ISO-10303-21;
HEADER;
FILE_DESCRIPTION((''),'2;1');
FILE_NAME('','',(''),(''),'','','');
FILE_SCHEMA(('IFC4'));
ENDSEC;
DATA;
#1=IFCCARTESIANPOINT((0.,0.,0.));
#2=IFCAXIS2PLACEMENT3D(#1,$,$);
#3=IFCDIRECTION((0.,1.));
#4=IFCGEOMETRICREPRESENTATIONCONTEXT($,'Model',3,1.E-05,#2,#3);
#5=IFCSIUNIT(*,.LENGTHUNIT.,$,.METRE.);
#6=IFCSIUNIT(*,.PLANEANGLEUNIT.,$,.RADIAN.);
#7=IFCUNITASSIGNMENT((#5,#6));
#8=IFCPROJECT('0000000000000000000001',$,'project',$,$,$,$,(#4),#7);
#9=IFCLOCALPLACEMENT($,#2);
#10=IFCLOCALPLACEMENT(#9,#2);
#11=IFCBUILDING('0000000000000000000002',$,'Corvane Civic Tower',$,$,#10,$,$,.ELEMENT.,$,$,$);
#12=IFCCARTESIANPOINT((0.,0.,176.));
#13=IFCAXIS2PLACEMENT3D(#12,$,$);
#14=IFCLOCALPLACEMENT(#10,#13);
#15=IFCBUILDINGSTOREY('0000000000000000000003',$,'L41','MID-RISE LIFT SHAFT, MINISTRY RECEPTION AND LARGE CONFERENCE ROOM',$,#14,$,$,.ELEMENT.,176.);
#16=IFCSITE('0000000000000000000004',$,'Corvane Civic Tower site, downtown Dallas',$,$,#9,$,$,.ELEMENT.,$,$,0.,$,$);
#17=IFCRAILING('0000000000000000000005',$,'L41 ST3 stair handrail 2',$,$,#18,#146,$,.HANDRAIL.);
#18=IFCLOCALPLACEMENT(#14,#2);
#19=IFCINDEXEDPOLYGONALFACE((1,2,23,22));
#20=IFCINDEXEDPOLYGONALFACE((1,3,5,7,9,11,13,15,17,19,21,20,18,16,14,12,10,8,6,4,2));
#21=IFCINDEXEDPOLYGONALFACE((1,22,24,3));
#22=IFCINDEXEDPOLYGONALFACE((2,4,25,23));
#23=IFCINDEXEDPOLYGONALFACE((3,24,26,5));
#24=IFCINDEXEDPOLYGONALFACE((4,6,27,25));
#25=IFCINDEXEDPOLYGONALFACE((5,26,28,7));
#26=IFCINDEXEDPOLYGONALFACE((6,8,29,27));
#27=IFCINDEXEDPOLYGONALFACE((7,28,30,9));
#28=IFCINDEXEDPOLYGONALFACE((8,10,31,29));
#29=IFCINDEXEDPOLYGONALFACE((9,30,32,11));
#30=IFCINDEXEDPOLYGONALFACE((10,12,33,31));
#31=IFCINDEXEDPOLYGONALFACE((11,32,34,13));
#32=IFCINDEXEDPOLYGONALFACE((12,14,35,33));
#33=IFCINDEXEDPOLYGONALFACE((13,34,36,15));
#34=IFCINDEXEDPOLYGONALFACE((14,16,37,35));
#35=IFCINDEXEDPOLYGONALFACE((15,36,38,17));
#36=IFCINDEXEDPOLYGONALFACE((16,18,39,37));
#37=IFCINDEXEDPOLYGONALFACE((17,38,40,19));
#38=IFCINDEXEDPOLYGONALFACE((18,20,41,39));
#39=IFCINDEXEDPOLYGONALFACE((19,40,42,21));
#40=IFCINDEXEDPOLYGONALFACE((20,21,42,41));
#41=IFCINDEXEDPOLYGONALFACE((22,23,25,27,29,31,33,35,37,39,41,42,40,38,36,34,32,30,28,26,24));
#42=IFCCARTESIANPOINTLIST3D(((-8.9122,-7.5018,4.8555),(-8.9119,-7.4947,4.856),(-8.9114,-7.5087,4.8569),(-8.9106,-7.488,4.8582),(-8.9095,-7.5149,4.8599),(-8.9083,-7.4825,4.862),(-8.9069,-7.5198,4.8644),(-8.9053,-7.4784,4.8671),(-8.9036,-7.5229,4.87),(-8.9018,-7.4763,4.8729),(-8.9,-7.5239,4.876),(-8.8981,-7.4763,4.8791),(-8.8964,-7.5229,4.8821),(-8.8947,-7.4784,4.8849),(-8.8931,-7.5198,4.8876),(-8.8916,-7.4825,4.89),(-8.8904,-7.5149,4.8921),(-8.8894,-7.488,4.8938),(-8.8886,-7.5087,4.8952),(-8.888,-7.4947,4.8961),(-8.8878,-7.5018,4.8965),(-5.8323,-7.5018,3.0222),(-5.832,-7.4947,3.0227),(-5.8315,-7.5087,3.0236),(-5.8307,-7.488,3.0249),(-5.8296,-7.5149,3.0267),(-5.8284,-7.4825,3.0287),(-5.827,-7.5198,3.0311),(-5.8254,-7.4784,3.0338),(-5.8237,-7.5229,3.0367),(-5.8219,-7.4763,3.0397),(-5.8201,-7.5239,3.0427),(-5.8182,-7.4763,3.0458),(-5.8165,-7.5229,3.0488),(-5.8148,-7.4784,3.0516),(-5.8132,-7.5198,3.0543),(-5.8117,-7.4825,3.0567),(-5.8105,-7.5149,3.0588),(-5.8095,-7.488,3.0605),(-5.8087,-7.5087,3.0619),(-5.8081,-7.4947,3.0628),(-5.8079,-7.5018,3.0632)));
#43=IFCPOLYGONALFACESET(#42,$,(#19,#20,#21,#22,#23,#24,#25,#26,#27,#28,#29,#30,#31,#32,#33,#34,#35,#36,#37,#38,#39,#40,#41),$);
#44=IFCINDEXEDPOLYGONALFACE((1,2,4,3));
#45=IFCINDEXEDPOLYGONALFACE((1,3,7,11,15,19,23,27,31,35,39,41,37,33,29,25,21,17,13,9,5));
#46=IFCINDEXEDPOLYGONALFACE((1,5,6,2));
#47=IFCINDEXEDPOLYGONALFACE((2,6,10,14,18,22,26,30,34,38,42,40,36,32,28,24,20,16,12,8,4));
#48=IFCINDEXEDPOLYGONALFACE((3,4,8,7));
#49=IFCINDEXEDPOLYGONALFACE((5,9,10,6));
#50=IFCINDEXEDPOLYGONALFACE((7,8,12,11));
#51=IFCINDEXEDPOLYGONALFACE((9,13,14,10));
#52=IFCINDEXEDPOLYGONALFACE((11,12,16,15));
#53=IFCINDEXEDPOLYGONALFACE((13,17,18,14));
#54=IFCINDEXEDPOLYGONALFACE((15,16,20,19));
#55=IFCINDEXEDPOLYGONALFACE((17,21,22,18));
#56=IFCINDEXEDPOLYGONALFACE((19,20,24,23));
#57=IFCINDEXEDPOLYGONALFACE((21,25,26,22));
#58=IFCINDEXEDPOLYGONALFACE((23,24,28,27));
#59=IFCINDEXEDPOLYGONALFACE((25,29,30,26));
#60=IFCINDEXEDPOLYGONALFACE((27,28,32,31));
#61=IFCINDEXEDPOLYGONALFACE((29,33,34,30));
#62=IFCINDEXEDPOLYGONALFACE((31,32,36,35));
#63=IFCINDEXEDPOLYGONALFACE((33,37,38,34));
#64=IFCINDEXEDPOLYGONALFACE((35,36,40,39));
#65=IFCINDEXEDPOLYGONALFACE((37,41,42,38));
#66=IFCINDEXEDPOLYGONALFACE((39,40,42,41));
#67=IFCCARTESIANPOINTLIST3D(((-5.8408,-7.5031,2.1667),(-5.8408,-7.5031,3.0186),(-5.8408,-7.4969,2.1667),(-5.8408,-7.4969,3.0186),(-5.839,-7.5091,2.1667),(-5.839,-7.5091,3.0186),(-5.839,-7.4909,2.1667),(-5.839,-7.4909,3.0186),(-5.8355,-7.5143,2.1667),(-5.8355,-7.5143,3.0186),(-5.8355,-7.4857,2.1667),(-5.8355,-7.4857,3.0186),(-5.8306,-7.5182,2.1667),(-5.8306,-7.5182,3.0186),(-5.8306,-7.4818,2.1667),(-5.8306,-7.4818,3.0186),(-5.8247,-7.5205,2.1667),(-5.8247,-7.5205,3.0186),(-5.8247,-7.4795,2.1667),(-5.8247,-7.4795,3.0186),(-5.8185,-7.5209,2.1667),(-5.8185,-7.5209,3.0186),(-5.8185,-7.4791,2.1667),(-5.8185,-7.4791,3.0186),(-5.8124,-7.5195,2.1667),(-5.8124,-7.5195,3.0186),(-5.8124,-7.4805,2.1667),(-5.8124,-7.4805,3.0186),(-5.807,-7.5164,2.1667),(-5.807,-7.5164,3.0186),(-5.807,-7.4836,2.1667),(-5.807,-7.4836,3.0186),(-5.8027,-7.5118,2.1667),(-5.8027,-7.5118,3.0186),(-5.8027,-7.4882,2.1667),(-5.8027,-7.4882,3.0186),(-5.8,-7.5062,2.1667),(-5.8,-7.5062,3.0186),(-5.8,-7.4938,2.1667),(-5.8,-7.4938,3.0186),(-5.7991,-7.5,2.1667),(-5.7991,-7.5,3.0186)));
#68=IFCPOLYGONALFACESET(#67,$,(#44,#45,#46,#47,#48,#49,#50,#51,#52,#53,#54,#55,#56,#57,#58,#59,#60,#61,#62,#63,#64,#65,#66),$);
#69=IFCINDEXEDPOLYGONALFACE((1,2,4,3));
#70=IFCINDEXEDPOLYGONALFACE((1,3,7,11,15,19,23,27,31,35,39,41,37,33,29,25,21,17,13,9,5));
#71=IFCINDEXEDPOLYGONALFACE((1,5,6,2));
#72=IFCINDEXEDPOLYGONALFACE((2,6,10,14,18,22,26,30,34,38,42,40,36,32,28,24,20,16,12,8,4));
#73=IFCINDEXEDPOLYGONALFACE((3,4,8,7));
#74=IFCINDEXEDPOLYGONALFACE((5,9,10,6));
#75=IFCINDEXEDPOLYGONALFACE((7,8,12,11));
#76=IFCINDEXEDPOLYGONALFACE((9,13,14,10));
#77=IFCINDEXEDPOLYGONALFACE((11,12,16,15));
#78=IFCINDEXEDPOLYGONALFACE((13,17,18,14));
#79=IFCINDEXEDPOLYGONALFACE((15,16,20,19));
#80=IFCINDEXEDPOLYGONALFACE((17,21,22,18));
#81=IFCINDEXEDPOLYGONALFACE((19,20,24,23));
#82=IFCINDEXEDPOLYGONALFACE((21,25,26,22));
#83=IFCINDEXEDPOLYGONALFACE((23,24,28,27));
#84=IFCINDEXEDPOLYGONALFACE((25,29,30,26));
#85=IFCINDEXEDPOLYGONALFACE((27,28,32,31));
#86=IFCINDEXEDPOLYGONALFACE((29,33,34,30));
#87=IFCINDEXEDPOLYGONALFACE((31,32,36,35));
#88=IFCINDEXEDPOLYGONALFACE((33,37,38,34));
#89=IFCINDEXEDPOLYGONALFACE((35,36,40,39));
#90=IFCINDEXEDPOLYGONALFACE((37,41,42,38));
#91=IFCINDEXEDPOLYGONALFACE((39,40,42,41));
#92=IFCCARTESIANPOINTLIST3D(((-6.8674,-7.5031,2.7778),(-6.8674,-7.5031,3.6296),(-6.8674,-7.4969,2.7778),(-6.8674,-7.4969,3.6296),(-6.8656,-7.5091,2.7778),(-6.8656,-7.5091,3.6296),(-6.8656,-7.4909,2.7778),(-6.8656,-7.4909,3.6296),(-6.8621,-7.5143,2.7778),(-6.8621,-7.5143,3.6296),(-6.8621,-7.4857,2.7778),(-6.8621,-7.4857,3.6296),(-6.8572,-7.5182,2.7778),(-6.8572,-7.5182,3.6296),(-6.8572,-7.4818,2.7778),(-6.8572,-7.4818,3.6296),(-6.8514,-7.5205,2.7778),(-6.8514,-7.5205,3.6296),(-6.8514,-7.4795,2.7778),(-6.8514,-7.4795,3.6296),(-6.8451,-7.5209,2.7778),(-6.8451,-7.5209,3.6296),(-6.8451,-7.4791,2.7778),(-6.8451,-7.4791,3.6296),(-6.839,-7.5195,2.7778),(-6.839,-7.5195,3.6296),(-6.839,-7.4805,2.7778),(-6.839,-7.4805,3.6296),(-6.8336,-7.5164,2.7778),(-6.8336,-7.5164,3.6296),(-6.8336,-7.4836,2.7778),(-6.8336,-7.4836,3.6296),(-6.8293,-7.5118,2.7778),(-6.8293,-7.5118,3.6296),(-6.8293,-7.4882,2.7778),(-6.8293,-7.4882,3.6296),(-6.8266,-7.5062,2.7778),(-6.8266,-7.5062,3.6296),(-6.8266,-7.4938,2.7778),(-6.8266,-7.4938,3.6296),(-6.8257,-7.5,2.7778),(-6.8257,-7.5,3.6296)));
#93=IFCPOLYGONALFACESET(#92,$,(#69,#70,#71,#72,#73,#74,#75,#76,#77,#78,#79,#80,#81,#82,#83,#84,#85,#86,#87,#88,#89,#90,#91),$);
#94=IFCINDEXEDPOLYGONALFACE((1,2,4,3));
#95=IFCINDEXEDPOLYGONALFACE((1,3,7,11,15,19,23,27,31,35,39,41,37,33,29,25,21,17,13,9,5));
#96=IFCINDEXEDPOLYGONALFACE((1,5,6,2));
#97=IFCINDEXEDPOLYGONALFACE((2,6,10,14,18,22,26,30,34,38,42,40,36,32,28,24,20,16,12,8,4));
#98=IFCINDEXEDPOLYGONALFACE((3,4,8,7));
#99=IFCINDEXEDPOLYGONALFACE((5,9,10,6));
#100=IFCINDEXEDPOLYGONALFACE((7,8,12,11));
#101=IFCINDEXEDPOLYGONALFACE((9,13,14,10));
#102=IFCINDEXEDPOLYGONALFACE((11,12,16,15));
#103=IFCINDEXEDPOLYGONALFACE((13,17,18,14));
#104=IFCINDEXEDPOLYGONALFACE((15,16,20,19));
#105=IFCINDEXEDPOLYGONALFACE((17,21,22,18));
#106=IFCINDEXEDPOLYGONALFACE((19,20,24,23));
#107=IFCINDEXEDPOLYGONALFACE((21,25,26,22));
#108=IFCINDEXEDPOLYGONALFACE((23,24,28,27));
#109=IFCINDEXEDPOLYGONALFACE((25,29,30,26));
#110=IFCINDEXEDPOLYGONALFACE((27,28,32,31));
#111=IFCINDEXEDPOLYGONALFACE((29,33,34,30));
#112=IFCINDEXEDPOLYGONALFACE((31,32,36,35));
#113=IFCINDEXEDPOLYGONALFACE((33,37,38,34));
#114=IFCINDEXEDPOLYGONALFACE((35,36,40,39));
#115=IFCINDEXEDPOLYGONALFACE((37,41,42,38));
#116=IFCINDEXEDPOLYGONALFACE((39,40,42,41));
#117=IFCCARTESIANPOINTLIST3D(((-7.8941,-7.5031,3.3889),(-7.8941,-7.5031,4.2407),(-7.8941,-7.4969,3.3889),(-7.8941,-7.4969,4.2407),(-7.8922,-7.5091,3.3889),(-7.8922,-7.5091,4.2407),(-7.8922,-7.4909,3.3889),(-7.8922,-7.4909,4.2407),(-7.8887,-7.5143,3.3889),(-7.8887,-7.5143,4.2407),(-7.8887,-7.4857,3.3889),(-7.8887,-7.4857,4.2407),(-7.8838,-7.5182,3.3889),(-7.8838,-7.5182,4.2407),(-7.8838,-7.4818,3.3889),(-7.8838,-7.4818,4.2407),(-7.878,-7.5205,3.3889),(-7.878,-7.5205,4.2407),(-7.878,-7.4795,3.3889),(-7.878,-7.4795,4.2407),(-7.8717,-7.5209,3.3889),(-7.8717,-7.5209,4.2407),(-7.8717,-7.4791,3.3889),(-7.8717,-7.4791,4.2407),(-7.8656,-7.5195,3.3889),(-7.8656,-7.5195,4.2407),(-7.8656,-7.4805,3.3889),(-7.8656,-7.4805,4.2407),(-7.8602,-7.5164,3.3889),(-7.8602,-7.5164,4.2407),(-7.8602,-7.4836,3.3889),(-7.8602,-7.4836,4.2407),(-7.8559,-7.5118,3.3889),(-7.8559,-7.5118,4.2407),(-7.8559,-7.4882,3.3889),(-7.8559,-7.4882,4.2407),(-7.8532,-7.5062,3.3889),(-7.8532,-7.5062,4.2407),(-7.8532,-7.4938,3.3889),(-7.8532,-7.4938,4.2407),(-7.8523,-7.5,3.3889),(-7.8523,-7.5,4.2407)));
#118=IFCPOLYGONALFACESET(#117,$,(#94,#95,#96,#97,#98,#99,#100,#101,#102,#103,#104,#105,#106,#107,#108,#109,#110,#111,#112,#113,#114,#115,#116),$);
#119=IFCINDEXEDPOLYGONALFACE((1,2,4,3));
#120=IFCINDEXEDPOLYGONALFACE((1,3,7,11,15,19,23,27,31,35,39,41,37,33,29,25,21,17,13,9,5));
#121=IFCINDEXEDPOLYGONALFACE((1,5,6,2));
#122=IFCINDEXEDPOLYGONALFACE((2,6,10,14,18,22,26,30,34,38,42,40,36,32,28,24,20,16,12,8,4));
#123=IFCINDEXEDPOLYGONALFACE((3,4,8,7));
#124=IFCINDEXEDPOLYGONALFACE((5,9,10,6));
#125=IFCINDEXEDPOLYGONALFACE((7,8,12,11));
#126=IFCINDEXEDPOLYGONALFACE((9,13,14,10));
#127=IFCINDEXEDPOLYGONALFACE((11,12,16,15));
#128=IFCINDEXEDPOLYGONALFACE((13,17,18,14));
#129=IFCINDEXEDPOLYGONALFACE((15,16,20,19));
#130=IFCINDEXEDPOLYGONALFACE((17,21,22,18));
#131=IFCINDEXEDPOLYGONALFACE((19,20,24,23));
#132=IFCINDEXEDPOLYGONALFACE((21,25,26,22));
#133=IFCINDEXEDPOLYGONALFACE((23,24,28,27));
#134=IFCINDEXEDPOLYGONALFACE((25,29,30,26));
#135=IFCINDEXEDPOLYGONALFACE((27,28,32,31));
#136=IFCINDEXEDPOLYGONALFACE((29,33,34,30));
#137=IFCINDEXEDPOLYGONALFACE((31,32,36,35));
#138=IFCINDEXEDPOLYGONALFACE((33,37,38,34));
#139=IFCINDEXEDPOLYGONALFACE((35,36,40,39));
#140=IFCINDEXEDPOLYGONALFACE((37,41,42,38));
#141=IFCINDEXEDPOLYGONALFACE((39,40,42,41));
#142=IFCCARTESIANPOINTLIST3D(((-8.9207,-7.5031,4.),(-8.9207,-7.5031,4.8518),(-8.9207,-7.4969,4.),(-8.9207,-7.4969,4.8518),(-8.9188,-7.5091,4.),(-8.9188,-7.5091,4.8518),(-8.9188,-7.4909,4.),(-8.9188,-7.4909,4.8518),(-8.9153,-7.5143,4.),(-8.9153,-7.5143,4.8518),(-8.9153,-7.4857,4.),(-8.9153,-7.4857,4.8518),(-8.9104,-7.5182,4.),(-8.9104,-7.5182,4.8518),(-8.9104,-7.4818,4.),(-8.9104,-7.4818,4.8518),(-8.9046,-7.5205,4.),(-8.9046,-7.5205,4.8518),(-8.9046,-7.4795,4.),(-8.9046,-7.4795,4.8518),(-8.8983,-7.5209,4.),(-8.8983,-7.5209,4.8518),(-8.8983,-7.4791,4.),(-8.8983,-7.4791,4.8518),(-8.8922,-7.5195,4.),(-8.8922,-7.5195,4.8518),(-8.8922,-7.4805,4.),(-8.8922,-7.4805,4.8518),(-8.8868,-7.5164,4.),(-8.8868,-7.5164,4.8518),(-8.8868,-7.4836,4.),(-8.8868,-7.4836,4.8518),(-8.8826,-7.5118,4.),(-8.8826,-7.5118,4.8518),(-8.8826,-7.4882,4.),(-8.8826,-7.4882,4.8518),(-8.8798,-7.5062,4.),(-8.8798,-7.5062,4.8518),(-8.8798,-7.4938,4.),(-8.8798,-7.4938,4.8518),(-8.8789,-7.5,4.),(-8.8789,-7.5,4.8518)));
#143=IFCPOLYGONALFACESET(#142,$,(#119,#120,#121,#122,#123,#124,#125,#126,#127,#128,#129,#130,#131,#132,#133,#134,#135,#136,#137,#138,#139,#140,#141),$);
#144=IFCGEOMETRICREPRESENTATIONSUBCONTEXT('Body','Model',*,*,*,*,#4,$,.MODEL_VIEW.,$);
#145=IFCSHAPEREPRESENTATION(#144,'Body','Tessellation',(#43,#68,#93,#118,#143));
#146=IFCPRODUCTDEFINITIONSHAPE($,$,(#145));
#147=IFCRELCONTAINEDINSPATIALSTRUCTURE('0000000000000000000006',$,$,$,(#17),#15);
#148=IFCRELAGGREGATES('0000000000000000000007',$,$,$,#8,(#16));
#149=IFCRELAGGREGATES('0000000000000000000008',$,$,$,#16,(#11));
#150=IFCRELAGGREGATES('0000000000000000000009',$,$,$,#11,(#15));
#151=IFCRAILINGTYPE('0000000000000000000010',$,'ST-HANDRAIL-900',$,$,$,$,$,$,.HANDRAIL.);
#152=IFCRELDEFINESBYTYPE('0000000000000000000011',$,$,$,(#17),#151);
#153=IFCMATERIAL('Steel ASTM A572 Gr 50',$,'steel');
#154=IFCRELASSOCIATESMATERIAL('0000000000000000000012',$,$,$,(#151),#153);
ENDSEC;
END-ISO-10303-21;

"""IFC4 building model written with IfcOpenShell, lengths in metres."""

from ifc_helpers import new_model, si_unit, direction, frame, origin, origin_2d, place, context, subcontext, project, spatial, circle, extrude, material, type_object, element, save


model = new_model("IFC4")

# Units and contexts
model_context = context("Model", 3, precision=1e-05, world=origin(), true_north=direction((0.0, 1.0)))
body_context = subcontext(model_context, "Body", "Model", "MODEL_VIEW")
ifc_project = project(units=[si_unit("LENGTHUNIT", "METRE"), si_unit("PLANEANGLEUNIT", "RADIAN")], contexts=[model_context])

# Site, building, storey
site_placement = place(None, origin())
site = spatial("IfcSite", under=ifc_project, at=site_placement, Name="Corvane Civic Tower site, downtown Dallas", CompositionType="ELEMENT", RefElevation=0.0)
building_placement = place(site_placement, origin())
building = spatial("IfcBuilding", under=site, at=building_placement, Name="Corvane Civic Tower", CompositionType="ELEMENT")
storey_placement = place(building_placement, frame((0.0, 0.0, 176.0)))
storey = spatial("IfcBuildingStorey", under=building, at=storey_placement, Name="L41", Description="MID-RISE LIFT SHAFT, MINISTRY RECEPTION AND LARGE CONFERENCE ROOM", CompositionType="ELEMENT", Elevation=176.0)

# Railing
ifc_material_1 = material(Name="Steel ASTM A572 Gr 50", Category="steel")
railing_type_1 = type_object("IfcRailingType", Name="ST-HANDRAIL-900", PredefinedType="HANDRAIL", material=ifc_material_1)
railing_1_placement = place(storey_placement, frame((-5.8201, -7.5, 2.1667)))
element("IfcRailing", 1, at=railing_1_placement, inside=storey, type_object=railing_type_1, Name="L41 ST3 stair handrail 2", PredefinedType="HANDRAIL", context=body_context, shape_type="SweptSolid", body=[
    extrude(circle(Radius=0.0239, at=origin_2d()), frame((0.0, 0.0, 0.876), z_axis=(-0.859291, 0.0, 0.511487), x_axis=(0.0, -1.0, 0.0)), (0.0, 0.0, 1.0), 3.5842),
    extrude(circle(Radius=0.021, at=origin_2d()), origin(), (0.0, 0.0, 1.0), 0.8518),
    extrude(circle(Radius=0.021, at=origin_2d()), frame((-1.0266, 0.0, 0.6111)), (0.0, 0.0, 1.0), 0.8518),
    extrude(circle(Radius=0.021, at=origin_2d()), frame((-2.0532, 0.0, 1.2222)), (0.0, 0.0, 1.0), 0.8518),
    extrude(circle(Radius=0.021, at=origin_2d()), frame((-3.0798, 0.0, 1.8333)), (0.0, 0.0, 1.0), 0.8518),
])

save(model, "model.ifc")
